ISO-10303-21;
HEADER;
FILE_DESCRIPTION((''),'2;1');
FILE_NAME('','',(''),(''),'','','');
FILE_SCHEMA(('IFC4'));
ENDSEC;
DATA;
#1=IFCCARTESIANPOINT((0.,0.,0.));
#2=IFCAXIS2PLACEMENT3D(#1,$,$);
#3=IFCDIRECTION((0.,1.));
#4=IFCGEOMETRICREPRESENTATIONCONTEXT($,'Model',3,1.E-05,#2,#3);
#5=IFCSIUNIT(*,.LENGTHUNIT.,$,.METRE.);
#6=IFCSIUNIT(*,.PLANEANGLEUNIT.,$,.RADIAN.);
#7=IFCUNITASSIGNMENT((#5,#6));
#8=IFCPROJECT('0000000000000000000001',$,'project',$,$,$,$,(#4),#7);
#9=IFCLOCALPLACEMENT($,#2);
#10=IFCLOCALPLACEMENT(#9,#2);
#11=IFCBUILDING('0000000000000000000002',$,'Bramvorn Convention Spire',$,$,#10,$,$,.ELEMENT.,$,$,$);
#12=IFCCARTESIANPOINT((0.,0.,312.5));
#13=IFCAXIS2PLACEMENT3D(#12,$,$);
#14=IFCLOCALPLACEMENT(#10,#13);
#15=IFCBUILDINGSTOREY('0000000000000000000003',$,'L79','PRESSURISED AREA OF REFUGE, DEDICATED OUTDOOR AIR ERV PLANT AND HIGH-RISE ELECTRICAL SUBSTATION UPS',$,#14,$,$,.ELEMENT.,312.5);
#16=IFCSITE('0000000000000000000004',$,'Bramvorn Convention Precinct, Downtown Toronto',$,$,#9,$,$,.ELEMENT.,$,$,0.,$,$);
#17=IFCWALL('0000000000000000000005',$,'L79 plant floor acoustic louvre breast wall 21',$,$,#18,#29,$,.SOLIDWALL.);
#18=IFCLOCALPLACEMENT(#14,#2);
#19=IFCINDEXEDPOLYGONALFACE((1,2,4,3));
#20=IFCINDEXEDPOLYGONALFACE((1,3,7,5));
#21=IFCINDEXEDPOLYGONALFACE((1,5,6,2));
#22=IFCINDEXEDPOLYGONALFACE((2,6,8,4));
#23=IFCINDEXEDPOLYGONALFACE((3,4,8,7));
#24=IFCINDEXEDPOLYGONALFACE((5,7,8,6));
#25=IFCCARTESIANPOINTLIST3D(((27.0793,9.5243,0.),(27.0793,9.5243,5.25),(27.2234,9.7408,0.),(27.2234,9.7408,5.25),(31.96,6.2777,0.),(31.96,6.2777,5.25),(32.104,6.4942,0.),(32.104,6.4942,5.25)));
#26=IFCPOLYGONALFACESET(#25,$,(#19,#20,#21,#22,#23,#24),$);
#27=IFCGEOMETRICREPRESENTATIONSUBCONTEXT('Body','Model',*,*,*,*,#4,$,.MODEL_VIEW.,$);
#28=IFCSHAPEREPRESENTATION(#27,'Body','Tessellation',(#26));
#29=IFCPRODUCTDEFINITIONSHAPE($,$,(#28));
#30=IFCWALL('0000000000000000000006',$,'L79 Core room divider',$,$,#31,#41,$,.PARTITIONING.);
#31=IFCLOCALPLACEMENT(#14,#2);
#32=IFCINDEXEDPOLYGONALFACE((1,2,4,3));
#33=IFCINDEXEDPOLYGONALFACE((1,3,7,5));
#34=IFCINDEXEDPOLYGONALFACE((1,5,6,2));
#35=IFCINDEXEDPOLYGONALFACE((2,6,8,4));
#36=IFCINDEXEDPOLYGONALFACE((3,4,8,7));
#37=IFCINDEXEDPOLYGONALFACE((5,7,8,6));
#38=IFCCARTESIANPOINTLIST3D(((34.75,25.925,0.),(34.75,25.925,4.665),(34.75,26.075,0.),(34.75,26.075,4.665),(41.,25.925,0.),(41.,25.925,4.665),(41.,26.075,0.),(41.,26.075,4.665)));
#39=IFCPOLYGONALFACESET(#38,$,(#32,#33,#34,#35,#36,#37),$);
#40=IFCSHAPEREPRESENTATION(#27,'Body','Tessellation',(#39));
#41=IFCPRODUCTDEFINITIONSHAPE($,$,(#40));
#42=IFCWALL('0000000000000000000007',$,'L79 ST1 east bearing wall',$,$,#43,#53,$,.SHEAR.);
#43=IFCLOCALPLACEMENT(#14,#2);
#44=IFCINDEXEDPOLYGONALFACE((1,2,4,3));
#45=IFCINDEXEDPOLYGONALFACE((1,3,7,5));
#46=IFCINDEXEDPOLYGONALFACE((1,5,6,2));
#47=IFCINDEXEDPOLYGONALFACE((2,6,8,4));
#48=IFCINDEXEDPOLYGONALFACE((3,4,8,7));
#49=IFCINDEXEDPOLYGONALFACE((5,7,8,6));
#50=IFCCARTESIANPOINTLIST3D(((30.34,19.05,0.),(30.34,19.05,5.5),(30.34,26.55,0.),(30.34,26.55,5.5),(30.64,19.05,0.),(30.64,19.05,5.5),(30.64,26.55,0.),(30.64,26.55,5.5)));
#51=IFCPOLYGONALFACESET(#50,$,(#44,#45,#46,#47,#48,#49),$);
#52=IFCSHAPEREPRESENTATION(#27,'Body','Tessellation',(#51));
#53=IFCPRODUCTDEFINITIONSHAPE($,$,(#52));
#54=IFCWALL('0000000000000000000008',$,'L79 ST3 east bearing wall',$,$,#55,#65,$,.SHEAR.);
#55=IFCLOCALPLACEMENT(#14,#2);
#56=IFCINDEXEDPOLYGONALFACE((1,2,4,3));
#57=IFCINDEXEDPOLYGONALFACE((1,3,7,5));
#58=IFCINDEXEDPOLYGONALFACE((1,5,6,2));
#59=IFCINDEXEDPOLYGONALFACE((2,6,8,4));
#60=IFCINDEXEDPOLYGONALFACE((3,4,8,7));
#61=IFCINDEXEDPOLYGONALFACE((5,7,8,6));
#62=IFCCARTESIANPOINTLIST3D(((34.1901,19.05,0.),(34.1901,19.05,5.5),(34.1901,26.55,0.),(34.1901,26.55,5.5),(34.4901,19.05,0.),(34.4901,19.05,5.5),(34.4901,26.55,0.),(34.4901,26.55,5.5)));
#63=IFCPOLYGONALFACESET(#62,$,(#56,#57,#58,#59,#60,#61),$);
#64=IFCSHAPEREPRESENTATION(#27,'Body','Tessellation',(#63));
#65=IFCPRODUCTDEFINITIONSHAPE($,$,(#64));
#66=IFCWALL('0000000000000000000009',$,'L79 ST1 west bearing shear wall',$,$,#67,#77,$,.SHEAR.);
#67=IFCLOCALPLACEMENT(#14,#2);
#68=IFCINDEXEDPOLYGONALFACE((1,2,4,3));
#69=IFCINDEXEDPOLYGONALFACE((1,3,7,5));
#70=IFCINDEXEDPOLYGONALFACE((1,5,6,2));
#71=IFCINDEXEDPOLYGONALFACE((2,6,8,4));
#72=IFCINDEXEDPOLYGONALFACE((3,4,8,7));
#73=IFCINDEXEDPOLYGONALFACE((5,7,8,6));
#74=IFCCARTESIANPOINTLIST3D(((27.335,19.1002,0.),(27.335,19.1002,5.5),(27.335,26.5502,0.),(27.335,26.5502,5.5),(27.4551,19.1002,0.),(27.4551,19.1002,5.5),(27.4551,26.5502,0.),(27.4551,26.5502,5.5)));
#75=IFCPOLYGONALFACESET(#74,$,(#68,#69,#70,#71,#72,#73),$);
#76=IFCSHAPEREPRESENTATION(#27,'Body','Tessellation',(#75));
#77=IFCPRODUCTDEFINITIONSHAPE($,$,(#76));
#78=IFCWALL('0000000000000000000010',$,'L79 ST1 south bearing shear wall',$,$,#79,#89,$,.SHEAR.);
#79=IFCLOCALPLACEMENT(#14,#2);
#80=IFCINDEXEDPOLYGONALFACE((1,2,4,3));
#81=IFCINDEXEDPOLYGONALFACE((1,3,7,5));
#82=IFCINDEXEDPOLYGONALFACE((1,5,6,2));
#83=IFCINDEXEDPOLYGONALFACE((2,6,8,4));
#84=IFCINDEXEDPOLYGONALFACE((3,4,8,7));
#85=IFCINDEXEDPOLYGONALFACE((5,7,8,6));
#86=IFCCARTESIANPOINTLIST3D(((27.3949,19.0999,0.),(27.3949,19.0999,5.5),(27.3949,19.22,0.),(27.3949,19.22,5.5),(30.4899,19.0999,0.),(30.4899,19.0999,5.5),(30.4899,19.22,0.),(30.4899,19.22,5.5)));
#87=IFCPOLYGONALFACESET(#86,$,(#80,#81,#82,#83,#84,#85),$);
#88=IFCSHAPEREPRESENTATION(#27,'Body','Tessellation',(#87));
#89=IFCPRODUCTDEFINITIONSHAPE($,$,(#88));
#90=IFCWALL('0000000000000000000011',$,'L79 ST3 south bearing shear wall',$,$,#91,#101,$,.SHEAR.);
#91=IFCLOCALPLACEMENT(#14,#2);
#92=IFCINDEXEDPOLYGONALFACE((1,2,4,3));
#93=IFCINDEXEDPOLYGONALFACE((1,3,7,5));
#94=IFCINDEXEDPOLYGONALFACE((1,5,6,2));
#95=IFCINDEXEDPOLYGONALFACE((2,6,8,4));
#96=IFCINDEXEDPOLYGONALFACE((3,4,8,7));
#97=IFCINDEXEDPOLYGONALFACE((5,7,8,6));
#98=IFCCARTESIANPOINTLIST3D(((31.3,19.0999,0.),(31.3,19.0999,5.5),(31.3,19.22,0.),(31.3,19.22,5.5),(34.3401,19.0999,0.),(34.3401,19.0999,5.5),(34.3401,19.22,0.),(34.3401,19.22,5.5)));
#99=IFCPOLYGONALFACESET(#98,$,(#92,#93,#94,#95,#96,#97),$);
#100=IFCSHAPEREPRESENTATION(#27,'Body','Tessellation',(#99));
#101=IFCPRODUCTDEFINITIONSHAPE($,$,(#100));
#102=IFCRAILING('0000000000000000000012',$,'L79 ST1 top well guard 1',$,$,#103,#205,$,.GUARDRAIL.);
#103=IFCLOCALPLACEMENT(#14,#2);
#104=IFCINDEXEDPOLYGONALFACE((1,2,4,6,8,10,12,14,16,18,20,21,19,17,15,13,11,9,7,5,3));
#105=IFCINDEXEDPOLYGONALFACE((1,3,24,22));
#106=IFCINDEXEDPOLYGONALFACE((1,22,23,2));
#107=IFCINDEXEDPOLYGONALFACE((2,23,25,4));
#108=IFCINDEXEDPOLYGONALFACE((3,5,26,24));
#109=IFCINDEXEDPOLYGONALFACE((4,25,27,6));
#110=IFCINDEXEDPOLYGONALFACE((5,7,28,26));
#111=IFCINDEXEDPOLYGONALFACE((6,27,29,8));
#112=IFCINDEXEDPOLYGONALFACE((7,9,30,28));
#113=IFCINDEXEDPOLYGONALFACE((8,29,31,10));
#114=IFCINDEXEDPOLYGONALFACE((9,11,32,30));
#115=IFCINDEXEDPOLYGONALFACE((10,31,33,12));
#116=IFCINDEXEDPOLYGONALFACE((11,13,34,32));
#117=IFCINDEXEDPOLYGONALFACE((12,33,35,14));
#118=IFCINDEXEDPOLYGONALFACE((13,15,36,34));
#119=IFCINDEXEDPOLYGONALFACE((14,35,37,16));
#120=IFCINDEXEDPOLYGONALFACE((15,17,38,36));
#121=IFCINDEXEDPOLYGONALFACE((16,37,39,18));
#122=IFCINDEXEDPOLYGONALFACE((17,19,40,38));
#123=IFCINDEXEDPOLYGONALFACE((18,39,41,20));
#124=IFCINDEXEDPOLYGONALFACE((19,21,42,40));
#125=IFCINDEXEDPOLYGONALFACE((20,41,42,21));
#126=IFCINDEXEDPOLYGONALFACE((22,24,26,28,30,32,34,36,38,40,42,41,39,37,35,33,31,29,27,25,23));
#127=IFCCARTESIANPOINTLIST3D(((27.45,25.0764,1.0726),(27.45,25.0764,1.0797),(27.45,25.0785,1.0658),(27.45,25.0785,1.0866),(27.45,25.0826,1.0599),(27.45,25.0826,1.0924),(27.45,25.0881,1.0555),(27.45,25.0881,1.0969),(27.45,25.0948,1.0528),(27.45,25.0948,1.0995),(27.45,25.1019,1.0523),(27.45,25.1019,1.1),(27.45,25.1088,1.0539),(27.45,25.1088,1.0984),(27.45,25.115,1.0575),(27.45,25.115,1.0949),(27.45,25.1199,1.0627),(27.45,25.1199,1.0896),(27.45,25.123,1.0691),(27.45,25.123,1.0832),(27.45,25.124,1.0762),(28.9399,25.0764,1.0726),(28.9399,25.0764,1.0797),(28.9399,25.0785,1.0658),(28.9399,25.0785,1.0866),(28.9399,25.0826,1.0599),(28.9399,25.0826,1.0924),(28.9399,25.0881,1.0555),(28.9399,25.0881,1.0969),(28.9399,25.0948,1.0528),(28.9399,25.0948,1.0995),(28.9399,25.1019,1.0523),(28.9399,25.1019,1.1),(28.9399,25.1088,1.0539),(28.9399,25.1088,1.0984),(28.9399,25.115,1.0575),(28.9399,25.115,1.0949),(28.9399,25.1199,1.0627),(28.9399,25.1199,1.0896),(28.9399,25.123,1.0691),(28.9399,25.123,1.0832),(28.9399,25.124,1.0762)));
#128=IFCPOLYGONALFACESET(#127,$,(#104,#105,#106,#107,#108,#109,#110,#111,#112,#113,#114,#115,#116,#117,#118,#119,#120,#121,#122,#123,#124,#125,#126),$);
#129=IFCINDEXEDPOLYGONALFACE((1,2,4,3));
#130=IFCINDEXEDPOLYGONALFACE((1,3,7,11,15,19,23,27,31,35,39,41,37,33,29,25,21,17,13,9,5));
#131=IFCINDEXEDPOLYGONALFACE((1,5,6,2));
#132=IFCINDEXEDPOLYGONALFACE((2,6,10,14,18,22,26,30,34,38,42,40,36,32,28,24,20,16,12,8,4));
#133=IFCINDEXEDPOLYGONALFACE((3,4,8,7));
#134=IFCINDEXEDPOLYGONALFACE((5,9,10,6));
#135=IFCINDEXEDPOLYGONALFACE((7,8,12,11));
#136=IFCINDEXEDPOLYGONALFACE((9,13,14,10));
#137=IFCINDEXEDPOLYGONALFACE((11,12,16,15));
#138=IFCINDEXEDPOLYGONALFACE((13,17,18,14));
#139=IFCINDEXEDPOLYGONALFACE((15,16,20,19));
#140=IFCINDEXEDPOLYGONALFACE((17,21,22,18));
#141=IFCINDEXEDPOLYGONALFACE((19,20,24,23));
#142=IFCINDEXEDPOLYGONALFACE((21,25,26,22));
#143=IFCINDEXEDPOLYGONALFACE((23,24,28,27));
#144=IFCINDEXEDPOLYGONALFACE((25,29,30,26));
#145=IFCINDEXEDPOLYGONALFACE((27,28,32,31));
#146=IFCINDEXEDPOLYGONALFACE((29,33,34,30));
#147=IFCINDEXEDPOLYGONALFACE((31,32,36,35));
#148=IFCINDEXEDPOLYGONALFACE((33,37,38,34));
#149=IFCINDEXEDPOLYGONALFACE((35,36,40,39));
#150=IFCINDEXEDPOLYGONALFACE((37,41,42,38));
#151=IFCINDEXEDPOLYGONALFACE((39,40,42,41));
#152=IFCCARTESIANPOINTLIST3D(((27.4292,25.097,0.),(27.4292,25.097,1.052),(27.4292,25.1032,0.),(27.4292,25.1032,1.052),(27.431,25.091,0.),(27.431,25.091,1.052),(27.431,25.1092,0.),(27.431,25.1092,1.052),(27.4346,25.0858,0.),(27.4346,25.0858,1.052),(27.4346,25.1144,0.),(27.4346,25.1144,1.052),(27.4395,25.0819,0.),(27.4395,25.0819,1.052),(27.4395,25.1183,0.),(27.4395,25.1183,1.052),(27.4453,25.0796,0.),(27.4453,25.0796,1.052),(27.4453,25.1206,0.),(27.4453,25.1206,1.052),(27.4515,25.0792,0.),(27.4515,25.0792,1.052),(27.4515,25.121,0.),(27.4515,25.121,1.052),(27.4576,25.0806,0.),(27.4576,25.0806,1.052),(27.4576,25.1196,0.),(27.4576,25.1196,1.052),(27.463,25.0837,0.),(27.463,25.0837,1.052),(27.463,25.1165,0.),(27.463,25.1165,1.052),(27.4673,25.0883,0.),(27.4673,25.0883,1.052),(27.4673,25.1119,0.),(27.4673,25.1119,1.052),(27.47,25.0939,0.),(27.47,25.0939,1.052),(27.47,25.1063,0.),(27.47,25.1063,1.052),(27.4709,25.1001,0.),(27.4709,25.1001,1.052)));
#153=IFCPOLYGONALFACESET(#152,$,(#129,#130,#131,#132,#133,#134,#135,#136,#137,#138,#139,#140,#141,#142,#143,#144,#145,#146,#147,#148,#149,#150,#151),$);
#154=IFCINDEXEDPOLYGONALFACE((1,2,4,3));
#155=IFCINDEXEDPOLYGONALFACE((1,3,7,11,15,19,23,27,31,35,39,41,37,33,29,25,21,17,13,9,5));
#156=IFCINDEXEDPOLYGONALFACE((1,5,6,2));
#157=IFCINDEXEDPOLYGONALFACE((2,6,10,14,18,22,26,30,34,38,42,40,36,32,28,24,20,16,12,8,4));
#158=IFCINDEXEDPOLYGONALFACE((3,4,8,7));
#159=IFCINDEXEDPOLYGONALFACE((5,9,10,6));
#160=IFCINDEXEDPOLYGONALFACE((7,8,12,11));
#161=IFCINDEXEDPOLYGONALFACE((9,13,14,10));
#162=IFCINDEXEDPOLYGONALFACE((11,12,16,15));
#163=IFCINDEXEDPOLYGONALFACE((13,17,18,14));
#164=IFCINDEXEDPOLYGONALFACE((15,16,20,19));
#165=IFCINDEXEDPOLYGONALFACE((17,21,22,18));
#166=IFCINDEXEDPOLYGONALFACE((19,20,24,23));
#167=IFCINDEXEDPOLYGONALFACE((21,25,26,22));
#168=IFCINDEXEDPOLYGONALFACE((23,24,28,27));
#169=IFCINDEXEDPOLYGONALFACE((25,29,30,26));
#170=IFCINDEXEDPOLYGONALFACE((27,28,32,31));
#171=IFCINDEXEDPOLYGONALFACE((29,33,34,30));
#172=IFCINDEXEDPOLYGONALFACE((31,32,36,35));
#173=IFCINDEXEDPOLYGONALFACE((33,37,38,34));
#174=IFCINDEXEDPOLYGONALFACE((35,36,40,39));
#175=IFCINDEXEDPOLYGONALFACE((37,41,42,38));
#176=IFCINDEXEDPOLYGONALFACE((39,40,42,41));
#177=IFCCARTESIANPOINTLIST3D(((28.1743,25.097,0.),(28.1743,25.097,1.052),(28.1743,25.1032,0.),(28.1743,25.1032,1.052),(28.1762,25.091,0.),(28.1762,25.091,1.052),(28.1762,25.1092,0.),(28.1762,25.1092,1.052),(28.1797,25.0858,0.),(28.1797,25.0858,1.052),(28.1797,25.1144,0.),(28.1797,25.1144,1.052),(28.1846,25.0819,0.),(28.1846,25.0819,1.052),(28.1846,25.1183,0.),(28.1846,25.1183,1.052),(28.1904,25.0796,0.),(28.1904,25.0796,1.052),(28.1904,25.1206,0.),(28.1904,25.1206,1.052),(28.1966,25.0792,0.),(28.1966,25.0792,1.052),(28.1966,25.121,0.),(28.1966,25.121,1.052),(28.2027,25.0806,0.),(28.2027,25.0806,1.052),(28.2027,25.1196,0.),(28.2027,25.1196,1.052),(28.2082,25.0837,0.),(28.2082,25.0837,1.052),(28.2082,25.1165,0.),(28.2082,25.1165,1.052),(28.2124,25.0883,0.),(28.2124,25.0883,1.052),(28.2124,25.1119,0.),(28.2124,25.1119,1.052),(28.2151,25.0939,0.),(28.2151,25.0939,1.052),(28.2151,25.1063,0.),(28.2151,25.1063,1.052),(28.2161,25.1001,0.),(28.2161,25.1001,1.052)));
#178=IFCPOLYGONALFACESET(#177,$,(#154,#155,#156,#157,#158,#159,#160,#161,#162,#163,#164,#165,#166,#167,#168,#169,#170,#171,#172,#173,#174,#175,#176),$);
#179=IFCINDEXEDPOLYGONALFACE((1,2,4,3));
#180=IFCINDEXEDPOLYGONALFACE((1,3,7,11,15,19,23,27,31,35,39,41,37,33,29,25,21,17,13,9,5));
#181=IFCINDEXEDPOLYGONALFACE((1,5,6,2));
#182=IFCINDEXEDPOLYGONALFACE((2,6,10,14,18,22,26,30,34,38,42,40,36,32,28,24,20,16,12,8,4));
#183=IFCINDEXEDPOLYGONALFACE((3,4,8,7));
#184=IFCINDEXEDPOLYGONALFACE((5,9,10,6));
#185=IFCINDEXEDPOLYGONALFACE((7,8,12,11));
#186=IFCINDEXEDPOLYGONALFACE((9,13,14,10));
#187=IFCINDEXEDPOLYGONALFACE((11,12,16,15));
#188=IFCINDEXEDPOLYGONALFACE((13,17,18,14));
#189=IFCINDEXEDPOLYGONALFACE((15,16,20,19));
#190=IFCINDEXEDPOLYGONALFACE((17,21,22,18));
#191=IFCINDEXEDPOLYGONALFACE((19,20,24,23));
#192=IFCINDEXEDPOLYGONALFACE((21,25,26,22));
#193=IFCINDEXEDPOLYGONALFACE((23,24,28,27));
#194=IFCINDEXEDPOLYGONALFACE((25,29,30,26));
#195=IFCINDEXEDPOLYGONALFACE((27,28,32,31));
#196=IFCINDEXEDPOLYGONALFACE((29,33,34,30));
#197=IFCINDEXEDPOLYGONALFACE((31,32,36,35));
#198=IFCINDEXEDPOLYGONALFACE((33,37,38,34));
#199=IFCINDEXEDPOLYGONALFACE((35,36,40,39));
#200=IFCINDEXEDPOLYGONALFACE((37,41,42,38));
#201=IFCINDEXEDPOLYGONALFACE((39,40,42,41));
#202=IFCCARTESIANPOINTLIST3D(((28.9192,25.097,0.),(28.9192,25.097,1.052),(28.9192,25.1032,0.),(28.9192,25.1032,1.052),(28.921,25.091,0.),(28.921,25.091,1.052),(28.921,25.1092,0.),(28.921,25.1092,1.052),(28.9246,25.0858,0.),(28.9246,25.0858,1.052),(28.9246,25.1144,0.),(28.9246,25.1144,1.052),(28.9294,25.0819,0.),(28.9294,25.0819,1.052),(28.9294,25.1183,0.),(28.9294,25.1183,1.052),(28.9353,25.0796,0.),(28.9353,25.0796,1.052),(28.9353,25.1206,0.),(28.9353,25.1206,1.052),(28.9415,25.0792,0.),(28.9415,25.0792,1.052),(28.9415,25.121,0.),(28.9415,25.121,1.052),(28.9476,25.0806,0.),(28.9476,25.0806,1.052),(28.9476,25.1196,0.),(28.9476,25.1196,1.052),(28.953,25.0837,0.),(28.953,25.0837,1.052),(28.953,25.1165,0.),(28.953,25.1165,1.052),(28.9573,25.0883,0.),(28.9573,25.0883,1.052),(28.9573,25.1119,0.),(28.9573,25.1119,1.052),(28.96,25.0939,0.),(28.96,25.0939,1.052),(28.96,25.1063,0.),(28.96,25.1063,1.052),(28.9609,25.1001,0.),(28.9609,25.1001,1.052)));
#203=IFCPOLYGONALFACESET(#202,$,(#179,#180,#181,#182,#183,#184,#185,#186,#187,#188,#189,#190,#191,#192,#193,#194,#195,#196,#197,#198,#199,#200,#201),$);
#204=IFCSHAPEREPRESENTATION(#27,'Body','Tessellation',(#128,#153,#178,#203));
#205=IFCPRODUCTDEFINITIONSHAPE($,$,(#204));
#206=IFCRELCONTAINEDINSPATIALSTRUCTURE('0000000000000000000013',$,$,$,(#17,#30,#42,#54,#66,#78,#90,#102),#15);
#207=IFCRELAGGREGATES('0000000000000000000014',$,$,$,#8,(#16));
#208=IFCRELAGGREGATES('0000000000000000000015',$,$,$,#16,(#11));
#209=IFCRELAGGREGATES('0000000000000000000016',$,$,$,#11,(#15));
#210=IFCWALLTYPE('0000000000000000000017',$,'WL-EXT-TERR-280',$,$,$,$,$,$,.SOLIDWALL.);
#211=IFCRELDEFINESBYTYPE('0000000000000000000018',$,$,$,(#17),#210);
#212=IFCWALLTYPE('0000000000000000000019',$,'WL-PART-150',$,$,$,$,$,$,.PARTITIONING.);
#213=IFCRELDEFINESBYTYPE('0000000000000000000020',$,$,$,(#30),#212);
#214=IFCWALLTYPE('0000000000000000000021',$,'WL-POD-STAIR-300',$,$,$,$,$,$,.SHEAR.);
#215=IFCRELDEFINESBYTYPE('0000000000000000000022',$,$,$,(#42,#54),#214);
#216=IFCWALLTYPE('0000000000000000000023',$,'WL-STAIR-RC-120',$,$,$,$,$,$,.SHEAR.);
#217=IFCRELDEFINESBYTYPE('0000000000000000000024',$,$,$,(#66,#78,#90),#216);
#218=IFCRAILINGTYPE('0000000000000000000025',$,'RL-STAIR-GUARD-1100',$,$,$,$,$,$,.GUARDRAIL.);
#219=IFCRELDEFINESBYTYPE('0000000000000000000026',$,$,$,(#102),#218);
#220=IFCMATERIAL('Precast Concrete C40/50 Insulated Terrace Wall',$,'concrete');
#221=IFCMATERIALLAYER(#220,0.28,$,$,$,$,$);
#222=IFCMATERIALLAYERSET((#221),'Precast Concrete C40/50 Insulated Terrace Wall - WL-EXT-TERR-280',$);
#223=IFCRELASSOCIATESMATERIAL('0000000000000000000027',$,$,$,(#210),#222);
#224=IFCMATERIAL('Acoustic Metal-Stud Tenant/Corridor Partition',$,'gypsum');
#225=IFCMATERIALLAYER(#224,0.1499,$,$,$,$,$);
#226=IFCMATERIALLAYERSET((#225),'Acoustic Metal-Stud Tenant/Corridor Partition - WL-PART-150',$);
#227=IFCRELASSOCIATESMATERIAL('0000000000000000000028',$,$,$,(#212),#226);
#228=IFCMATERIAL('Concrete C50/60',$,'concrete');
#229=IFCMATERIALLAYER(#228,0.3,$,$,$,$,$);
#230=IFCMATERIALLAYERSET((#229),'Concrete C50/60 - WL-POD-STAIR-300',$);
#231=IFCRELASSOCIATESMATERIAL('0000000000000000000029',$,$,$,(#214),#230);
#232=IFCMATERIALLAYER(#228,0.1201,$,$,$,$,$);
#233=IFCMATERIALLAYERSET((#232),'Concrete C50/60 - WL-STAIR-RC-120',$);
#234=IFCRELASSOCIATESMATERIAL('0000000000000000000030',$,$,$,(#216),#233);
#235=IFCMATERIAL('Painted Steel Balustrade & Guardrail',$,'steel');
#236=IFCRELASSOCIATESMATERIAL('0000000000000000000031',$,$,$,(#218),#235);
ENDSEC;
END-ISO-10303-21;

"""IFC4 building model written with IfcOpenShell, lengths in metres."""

from ifc_helpers import new_model, si_unit, direction, frame, frame_2d, origin, origin_2d, place, context, subcontext, project, spatial, rectangle, circle, extrude, material, layer, layer_set, type_object, element, save


model = new_model("IFC4")

# Units and contexts
model_context = context("Model", 3, precision=1e-05, world=origin(), true_north=direction((0.0, 1.0)))
body_context = subcontext(model_context, "Body", "Model", "MODEL_VIEW")
ifc_project = project(units=[si_unit("LENGTHUNIT", "METRE"), si_unit("PLANEANGLEUNIT", "RADIAN")], contexts=[model_context])

# Site, building, storey
site_placement = place(None, origin())
site = spatial("IfcSite", under=ifc_project, at=site_placement, Name="Bramvorn Convention Precinct, Downtown Toronto", CompositionType="ELEMENT", RefElevation=0.0)
building_placement = place(site_placement, origin())
building = spatial("IfcBuilding", under=site, at=building_placement, Name="Bramvorn Convention Spire", CompositionType="ELEMENT")
storey_placement = place(building_placement, frame((0.0, 0.0, 312.5)))
storey = spatial("IfcBuildingStorey", under=building, at=storey_placement, Name="L79", Description="PRESSURISED AREA OF REFUGE, DEDICATED OUTDOOR AIR ERV PLANT AND HIGH-RISE ELECTRICAL SUBSTATION UPS", CompositionType="ELEMENT", Elevation=312.5)

# Walls
ifc_material_1 = material(Name="Concrete C50/60", Category="concrete")
ifc_material_2 = material(Name="Precast Concrete C40/50 Insulated Terrace Wall", Category="concrete")
ifc_layer_1 = layer(ifc_material_2, 0.28)
ifc_layer_set_1 = layer_set([ifc_layer_1], Name="Precast Concrete C40/50 Insulated Terrace Wall - WL-EXT-TERR-280")
wall_type_1 = type_object("IfcWallType", Name="WL-EXT-TERR-280", PredefinedType="SOLIDWALL", material=ifc_layer_set_1)
wall_1_placement = place(storey_placement, frame((32.032, 6.386, 0.0), z_axis=(0.0, 0.0, 1.0), x_axis=(-0.832614, 0.553854, 0.0)))
element("IfcWall", 1, at=wall_1_placement, inside=storey, type_object=wall_type_1, Name="L79 plant floor acoustic louvre breast wall 21", PredefinedType="SOLIDWALL", context=body_context, shape_type="SweptSolid", body=[
    extrude(rectangle(XDim=5.8618, YDim=0.26, at=frame_2d((2.9309, 0.0))), origin(), (0.0, 0.0, 1.0), 5.25),
])
ifc_material_3 = material(Name="Acoustic Metal-Stud Tenant/Corridor Partition", Category="gypsum")
ifc_layer_2 = layer(ifc_material_3, 0.1499)
ifc_layer_set_2 = layer_set([ifc_layer_2], Name="Acoustic Metal-Stud Tenant/Corridor Partition - WL-PART-150")
wall_type_2 = type_object("IfcWallType", Name="WL-PART-150", PredefinedType="PARTITIONING", material=ifc_layer_set_2)
wall_2_placement = place(storey_placement, frame((34.75, 26.0, 0.0), z_axis=(0.0, 0.0, 1.0), x_axis=(1.0, 0.0, 0.0)))
element("IfcWall", 2, at=wall_2_placement, inside=storey, type_object=wall_type_2, Name="L79 Core room divider", PredefinedType="PARTITIONING", context=body_context, shape_type="SweptSolid", body=[
    extrude(rectangle(XDim=6.25, YDim=0.1499, at=frame_2d((3.125, 0.0))), origin(), (0.0, 0.0, 1.0), 4.665),
])
ifc_layer_3 = layer(ifc_material_1, 0.3)
ifc_layer_set_3 = layer_set([ifc_layer_3], Name="Concrete C50/60 - WL-POD-STAIR-300")
wall_type_3 = type_object("IfcWallType", Name="WL-POD-STAIR-300", PredefinedType="SHEAR", material=ifc_layer_set_3)
for number, where, z_axis, x_axis, name in (
    (3, (30.49, 19.05, 0.0), (0.0, 0.0, 1.0), (0.0, 1.0, 0.0), "L79 ST1 east bearing wall"),
    (4, (34.3401, 19.05, 0.0), (0.0, 0.0, 1.0), (0.0, 1.0, 0.0), "L79 ST3 east bearing wall"),
):
    element("IfcWall", number, at=place(storey_placement, frame(where, z_axis=z_axis, x_axis=x_axis)), inside=storey, type_object=wall_type_3, Name=name, PredefinedType="SHEAR", context=body_context, shape_type="SweptSolid", body=[
        extrude(rectangle(XDim=7.5, YDim=0.3, at=frame_2d((3.75, 0.0))), origin(), (0.0, 0.0, 1.0), 5.5),
    ])
ifc_layer_4 = layer(ifc_material_1, 0.1201)
ifc_layer_set_4 = layer_set([ifc_layer_4], Name="Concrete C50/60 - WL-STAIR-RC-120")
wall_type_4 = type_object("IfcWallType", Name="WL-STAIR-RC-120", PredefinedType="SHEAR", material=ifc_layer_set_4)
wall_3_placement = place(storey_placement, frame((27.395, 19.1001, 0.0), z_axis=(0.0, 0.0, 1.0), x_axis=(0.0, 1.0, 0.0)))
element("IfcWall", 5, at=wall_3_placement, inside=storey, type_object=wall_type_4, Name="L79 ST1 west bearing shear wall", PredefinedType="SHEAR", context=body_context, shape_type="SweptSolid", body=[
    extrude(rectangle(XDim=7.45, YDim=0.1201, at=frame_2d((3.7251, 0.0))), origin(), (0.0, 0.0, 1.0), 5.5),
])
wall_4_placement = place(storey_placement, frame((27.395, 19.1599, 0.0), z_axis=(0.0, 0.0, 1.0), x_axis=(1.0, 0.0, 0.0)))
element("IfcWall", 6, at=wall_4_placement, inside=storey, type_object=wall_type_4, Name="L79 ST1 south bearing shear wall", PredefinedType="SHEAR", context=body_context, shape_type="SweptSolid", body=[
    extrude(rectangle(XDim=3.095, YDim=0.1201, at=frame_2d((1.5474, 0.0))), origin(), (0.0, 0.0, 1.0), 5.5),
])
wall_5_placement = place(storey_placement, frame((31.3, 19.1599, 0.0), z_axis=(0.0, 0.0, 1.0), x_axis=(1.0, 0.0, 0.0)))
element("IfcWall", 7, at=wall_5_placement, inside=storey, type_object=wall_type_4, Name="L79 ST3 south bearing shear wall", PredefinedType="SHEAR", context=body_context, shape_type="SweptSolid", body=[
    extrude(rectangle(XDim=3.04, YDim=0.1201, at=frame_2d((1.52, 0.0))), origin(), (0.0, 0.0, 1.0), 5.5),
])

# Railing
ifc_material_4 = material(Name="Painted Steel Balustrade & Guardrail", Category="steel")
railing_type = type_object("IfcRailingType", Name="RL-STAIR-GUARD-1100", PredefinedType="GUARDRAIL", material=ifc_material_4)
railing_1_placement = place(storey_placement, frame((27.45, 25.1001, 0.0)))
element("IfcRailing", 8, at=railing_1_placement, inside=storey, type_object=railing_type, Name="L79 ST1 top well guard 1", PredefinedType="GUARDRAIL", context=body_context, shape_type="SweptSolid", body=[
    extrude(circle(Radius=0.0239, at=origin_2d()), frame((0.0, 0.0, 1.0762), z_axis=(1.0, 0.0, 0.0), x_axis=(0.0, 1.0, 0.0)), (0.0, 0.0, 1.0), 1.49),
    extrude(circle(Radius=0.021, at=origin_2d()), origin(), (0.0, 0.0, 1.0), 1.052),
    extrude(circle(Radius=0.021, at=origin_2d()), frame((0.7451, 0.0, 0.0)), (0.0, 0.0, 1.0), 1.052),
    extrude(circle(Radius=0.021, at=origin_2d()), frame((1.49, 0.0, 0.0)), (0.0, 0.0, 1.0), 1.052),
])

save(model, "model.ifc")
